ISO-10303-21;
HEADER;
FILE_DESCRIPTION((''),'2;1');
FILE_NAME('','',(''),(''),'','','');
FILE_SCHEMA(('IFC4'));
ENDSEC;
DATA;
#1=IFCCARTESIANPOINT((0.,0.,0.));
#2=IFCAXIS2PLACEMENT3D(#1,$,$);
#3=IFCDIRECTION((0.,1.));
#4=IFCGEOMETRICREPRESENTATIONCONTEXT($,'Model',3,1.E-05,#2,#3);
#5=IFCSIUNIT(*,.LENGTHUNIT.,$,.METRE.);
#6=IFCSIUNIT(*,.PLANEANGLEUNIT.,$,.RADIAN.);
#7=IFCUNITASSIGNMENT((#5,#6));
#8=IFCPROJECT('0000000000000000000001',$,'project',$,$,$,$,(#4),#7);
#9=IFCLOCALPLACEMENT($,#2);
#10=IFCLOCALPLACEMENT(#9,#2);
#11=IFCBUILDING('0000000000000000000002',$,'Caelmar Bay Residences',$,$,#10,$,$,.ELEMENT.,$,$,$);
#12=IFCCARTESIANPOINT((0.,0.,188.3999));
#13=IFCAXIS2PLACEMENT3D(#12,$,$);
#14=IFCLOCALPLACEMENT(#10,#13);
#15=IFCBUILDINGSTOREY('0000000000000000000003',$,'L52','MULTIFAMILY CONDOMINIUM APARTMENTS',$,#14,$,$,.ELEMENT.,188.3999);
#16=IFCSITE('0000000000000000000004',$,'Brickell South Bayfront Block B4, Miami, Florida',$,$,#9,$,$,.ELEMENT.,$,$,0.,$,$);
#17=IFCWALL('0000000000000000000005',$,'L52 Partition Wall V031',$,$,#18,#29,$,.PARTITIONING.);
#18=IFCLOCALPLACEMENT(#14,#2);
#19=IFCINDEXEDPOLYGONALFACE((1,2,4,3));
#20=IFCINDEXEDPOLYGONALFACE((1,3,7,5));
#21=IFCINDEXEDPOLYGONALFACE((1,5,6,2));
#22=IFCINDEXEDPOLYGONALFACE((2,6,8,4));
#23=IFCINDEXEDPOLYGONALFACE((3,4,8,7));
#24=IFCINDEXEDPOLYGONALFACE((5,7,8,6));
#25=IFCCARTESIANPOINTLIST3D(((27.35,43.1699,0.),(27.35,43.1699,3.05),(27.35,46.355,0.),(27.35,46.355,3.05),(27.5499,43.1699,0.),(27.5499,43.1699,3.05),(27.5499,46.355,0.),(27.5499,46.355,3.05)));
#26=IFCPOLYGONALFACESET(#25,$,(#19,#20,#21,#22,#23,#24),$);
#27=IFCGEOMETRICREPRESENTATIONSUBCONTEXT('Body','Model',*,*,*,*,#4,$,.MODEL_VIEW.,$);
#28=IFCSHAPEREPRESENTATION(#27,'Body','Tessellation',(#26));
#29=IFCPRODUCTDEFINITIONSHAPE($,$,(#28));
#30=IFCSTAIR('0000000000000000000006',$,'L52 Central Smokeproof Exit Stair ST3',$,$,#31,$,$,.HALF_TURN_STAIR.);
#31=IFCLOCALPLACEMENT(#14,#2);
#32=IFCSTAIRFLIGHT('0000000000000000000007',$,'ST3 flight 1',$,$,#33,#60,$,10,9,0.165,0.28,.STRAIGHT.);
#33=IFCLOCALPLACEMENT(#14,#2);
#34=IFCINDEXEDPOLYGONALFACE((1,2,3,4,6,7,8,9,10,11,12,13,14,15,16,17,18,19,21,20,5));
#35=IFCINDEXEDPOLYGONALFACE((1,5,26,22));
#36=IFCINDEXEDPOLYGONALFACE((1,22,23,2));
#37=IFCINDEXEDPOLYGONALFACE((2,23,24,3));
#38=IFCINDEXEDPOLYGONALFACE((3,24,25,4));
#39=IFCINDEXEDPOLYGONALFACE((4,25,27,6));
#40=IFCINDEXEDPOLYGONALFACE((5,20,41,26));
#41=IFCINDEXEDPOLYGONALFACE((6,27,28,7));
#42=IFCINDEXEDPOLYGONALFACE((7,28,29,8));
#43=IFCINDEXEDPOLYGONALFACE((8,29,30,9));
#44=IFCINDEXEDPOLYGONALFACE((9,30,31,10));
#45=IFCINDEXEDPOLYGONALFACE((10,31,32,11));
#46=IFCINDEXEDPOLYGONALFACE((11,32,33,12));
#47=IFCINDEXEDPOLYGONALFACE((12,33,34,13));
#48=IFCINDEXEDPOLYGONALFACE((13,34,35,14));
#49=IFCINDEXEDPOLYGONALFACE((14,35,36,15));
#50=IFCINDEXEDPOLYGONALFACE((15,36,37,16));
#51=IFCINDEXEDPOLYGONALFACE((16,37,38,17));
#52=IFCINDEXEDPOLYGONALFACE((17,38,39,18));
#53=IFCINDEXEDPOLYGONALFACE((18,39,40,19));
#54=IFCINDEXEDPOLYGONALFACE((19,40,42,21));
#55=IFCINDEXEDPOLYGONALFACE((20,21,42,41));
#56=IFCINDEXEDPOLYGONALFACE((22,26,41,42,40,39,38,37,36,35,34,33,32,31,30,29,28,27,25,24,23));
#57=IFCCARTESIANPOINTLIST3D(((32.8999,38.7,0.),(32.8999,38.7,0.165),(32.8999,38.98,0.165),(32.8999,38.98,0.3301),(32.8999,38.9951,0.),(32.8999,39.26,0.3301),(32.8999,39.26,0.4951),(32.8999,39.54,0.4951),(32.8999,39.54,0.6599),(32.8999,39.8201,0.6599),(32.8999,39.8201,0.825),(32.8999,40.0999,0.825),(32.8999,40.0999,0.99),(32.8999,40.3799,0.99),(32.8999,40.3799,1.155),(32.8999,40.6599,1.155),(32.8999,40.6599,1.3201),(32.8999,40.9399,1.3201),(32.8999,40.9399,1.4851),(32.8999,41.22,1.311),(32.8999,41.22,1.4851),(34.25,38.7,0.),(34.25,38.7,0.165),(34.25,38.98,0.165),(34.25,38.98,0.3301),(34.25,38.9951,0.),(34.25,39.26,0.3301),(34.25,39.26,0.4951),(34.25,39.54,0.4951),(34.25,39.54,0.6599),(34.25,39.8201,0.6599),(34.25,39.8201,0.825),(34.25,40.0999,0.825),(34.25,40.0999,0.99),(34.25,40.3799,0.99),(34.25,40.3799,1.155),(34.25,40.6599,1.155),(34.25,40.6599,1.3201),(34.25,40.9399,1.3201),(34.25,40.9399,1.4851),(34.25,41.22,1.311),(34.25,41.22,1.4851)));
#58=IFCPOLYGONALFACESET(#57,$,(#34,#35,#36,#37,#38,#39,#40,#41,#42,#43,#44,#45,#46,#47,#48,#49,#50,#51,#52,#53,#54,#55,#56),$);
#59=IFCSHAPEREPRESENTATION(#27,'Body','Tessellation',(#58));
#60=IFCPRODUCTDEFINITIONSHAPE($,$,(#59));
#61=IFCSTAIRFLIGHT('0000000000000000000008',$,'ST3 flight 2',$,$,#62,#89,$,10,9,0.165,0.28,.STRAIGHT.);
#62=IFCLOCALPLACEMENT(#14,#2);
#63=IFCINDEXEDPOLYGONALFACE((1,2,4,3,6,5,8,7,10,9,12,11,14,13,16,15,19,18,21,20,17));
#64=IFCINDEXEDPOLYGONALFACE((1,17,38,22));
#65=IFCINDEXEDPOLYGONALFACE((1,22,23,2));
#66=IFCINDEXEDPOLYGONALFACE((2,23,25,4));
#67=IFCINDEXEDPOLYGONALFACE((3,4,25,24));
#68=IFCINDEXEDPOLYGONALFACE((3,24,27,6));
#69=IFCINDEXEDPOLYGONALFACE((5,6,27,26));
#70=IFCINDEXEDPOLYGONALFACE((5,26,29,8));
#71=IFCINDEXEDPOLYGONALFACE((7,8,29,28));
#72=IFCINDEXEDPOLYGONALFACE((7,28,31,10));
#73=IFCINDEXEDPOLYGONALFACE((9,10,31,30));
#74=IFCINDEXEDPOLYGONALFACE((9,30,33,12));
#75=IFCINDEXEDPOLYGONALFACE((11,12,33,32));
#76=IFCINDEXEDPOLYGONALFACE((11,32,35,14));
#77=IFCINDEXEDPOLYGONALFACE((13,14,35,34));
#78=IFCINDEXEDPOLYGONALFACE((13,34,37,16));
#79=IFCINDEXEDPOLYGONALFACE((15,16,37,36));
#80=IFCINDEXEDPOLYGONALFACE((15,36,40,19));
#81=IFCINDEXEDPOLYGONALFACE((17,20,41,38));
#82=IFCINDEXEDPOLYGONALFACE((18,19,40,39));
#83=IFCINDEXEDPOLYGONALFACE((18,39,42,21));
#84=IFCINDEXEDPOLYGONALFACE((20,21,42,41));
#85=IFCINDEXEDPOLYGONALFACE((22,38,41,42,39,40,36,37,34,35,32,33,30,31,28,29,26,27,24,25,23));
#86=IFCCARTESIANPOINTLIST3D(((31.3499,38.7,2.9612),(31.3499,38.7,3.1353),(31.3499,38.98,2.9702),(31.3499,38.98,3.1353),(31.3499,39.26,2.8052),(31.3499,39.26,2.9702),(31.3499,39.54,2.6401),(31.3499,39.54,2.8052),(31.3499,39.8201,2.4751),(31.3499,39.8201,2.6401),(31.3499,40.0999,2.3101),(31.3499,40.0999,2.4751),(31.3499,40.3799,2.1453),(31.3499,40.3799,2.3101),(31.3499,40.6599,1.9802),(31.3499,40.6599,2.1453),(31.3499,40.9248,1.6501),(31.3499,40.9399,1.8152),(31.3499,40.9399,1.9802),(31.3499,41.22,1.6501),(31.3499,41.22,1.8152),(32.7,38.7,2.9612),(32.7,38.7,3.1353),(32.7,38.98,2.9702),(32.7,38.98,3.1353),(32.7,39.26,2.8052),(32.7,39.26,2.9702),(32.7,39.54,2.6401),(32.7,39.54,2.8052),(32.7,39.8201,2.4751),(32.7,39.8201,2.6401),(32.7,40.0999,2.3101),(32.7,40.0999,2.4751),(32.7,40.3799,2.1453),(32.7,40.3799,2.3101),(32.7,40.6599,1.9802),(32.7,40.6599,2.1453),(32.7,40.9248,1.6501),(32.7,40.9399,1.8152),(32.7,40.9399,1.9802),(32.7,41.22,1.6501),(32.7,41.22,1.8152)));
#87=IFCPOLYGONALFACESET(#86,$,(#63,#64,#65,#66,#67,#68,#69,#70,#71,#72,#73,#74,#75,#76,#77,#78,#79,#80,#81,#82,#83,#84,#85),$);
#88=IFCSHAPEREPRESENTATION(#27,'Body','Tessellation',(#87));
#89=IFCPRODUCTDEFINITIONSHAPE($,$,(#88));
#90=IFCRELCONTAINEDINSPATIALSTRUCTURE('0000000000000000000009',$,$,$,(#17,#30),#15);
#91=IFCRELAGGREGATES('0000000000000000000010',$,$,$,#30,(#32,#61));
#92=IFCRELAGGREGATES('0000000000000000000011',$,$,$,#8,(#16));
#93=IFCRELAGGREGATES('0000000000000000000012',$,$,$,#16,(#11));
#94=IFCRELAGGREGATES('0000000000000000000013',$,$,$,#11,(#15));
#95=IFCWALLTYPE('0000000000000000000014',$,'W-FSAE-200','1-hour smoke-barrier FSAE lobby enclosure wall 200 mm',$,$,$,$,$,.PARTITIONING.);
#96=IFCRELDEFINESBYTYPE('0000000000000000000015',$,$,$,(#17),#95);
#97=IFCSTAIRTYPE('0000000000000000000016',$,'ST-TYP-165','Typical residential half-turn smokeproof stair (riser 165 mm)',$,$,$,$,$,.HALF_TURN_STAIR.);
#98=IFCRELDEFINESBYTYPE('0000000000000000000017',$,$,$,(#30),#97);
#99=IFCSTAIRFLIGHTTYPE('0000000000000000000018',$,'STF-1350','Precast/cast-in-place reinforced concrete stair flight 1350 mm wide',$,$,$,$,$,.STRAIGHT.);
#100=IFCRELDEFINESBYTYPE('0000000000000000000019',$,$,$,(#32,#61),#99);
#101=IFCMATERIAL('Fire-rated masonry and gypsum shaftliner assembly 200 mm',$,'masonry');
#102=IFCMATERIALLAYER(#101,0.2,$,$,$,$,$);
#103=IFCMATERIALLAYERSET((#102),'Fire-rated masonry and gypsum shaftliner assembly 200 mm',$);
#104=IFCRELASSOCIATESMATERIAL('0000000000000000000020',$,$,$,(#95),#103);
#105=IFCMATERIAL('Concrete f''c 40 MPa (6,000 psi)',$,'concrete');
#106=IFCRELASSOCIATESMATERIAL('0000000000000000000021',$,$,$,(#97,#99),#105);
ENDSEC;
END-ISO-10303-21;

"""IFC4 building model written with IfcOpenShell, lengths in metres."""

from ifc_helpers import new_model, si_unit, direction, frame, frame_2d, origin, place, context, subcontext, project, spatial, polyline, rectangle, outline, extrude, material, layer, layer_set, type_object, element, aggregate, save


model = new_model("IFC4")

# Units and contexts
model_context = context("Model", 3, precision=1e-05, world=origin(), true_north=direction((0.0, 1.0)))
body_context = subcontext(model_context, "Body", "Model", "MODEL_VIEW")
ifc_project = project(units=[si_unit("LENGTHUNIT", "METRE"), si_unit("PLANEANGLEUNIT", "RADIAN")], contexts=[model_context])

# Site, building, storey
site_placement = place(None, origin())
site = spatial("IfcSite", under=ifc_project, at=site_placement, Name="Brickell South Bayfront Block B4, Miami, Florida", CompositionType="ELEMENT", RefElevation=0.0)
building_placement = place(site_placement, origin())
building = spatial("IfcBuilding", under=site, at=building_placement, Name="Caelmar Bay Residences", CompositionType="ELEMENT")
storey_placement = place(building_placement, frame((0.0, 0.0, 188.3999)))
storey = spatial("IfcBuildingStorey", under=building, at=storey_placement, Name="L52", Description="MULTIFAMILY CONDOMINIUM APARTMENTS", CompositionType="ELEMENT", Elevation=188.3999)

# Wall
ifc_material_1 = material(Name="Fire-rated masonry and gypsum shaftliner assembly 200 mm", Category="masonry")
ifc_layer_1 = layer(ifc_material_1, 0.2)
ifc_layer_set_1 = layer_set([ifc_layer_1], Name="Fire-rated masonry and gypsum shaftliner assembly 200 mm")
wall_type_1 = type_object("IfcWallType", Name="W-FSAE-200", Description="1-hour smoke-barrier FSAE lobby enclosure wall 200 mm", PredefinedType="PARTITIONING", material=ifc_layer_set_1)
wall_1_placement = place(storey_placement, frame((27.45, 43.1699, 0.0), z_axis=(0.0, 0.0, 1.0), x_axis=(0.0, 1.0, 0.0)))
element("IfcWall", 1, at=wall_1_placement, inside=storey, type_object=wall_type_1, Name="L52 Partition Wall V031", PredefinedType="PARTITIONING", context=body_context, shape_type="SweptSolid", body=[
    extrude(rectangle(XDim=3.1851, YDim=0.2, at=frame_2d((1.5925, 0.0))), origin(), (0.0, 0.0, 1.0), 3.05),
])

# Stair, stair flights
ifc_material_2 = material(Name="Concrete f'c 40 MPa (6,000 psi)", Category="concrete")
stair_type = type_object("IfcStairType", Name="ST-TYP-165", Description="Typical residential half-turn smokeproof stair (riser 165 mm)", PredefinedType="HALF_TURN_STAIR", material=ifc_material_2)
stair_placement = place(storey_placement, origin())
stair = element("IfcStair", 2, at=stair_placement, inside=storey, type_object=stair_type, Name="L52 Central Smokeproof Exit Stair ST3", PredefinedType="HALF_TURN_STAIR")
stair_flight_type = type_object("IfcStairFlightType", Name="STF-1350", Description="Precast/cast-in-place reinforced concrete stair flight 1350 mm wide", PredefinedType="STRAIGHT", material=ifc_material_2)
stair_flight_1_placement = place(storey_placement, frame((33.575, 38.7, 0.0), z_axis=(0.0, 0.0, 1.0), x_axis=(0.0, 1.0, 0.0)))
stair_flight_1 = element("IfcStairFlight", 3, at=stair_flight_1_placement, type_object=stair_flight_type, Name="ST3 flight 1", NumberOfRisers=10, NumberOfTreads=9, PredefinedType="STRAIGHT", RiserHeight=0.165, TreadLength=0.28, context=body_context, shape_type="SweptSolid", body=[
    extrude(outline(polyline([(0.0, 0.0), (0.0, 0.165), (0.28, 0.165), (0.28, 0.3301), (0.5601, 0.3301), (0.5601, 0.4951), (0.8401, 0.4951), (0.8401, 0.6599), (1.1201, 0.6599), (1.1201, 0.825), (1.3999, 0.825), (1.3999, 0.99), (1.6799, 0.99), (1.6799, 1.155), (1.96, 1.155), (1.96, 1.3201), (2.24, 1.3201), (2.24, 1.4851), (2.52, 1.4851), (2.52, 1.6499), (2.52, 1.311), (0.2952, 0.0), (0.0, 0.0)])), frame((0.0, 0.675, 0.0), z_axis=(0.0, -1.0, 0.0), x_axis=(1.0, 0.0, 0.0)), (0.0, 0.0, 1.0), 1.3501),
])
stair_flight_2_placement = place(storey_placement, frame((32.0249, 41.22, 1.6501), z_axis=(0.0, 0.0, 1.0), x_axis=(0.0, -1.0, 0.0)))
stair_flight_2 = element("IfcStairFlight", 4, at=stair_flight_2_placement, type_object=stair_flight_type, Name="ST3 flight 2", NumberOfRisers=10, NumberOfTreads=9, PredefinedType="STRAIGHT", RiserHeight=0.165, TreadLength=0.28, context=body_context, shape_type="SweptSolid", body=[
    extrude(outline(polyline([(0.0, 0.0), (0.0, 0.165), (0.28, 0.165), (0.28, 0.3301), (0.5601, 0.3301), (0.5601, 0.4951), (0.8401, 0.4951), (0.8401, 0.6599), (1.1201, 0.6599), (1.1201, 0.825), (1.3999, 0.825), (1.3999, 0.99), (1.6799, 0.99), (1.6799, 1.155), (1.96, 1.155), (1.96, 1.3201), (2.24, 1.3201), (2.24, 1.4851), (2.52, 1.4851), (2.52, 1.6499), (2.52, 1.311), (0.2952, 0.0), (0.0, 0.0)])), frame((0.0, 0.675, 0.0), z_axis=(0.0, -1.0, 0.0), x_axis=(1.0, 0.0, 0.0)), (0.0, 0.0, 1.0), 1.3501),
])
aggregate(stair, [stair_flight_1, stair_flight_2])

save(model, "model.ifc")
